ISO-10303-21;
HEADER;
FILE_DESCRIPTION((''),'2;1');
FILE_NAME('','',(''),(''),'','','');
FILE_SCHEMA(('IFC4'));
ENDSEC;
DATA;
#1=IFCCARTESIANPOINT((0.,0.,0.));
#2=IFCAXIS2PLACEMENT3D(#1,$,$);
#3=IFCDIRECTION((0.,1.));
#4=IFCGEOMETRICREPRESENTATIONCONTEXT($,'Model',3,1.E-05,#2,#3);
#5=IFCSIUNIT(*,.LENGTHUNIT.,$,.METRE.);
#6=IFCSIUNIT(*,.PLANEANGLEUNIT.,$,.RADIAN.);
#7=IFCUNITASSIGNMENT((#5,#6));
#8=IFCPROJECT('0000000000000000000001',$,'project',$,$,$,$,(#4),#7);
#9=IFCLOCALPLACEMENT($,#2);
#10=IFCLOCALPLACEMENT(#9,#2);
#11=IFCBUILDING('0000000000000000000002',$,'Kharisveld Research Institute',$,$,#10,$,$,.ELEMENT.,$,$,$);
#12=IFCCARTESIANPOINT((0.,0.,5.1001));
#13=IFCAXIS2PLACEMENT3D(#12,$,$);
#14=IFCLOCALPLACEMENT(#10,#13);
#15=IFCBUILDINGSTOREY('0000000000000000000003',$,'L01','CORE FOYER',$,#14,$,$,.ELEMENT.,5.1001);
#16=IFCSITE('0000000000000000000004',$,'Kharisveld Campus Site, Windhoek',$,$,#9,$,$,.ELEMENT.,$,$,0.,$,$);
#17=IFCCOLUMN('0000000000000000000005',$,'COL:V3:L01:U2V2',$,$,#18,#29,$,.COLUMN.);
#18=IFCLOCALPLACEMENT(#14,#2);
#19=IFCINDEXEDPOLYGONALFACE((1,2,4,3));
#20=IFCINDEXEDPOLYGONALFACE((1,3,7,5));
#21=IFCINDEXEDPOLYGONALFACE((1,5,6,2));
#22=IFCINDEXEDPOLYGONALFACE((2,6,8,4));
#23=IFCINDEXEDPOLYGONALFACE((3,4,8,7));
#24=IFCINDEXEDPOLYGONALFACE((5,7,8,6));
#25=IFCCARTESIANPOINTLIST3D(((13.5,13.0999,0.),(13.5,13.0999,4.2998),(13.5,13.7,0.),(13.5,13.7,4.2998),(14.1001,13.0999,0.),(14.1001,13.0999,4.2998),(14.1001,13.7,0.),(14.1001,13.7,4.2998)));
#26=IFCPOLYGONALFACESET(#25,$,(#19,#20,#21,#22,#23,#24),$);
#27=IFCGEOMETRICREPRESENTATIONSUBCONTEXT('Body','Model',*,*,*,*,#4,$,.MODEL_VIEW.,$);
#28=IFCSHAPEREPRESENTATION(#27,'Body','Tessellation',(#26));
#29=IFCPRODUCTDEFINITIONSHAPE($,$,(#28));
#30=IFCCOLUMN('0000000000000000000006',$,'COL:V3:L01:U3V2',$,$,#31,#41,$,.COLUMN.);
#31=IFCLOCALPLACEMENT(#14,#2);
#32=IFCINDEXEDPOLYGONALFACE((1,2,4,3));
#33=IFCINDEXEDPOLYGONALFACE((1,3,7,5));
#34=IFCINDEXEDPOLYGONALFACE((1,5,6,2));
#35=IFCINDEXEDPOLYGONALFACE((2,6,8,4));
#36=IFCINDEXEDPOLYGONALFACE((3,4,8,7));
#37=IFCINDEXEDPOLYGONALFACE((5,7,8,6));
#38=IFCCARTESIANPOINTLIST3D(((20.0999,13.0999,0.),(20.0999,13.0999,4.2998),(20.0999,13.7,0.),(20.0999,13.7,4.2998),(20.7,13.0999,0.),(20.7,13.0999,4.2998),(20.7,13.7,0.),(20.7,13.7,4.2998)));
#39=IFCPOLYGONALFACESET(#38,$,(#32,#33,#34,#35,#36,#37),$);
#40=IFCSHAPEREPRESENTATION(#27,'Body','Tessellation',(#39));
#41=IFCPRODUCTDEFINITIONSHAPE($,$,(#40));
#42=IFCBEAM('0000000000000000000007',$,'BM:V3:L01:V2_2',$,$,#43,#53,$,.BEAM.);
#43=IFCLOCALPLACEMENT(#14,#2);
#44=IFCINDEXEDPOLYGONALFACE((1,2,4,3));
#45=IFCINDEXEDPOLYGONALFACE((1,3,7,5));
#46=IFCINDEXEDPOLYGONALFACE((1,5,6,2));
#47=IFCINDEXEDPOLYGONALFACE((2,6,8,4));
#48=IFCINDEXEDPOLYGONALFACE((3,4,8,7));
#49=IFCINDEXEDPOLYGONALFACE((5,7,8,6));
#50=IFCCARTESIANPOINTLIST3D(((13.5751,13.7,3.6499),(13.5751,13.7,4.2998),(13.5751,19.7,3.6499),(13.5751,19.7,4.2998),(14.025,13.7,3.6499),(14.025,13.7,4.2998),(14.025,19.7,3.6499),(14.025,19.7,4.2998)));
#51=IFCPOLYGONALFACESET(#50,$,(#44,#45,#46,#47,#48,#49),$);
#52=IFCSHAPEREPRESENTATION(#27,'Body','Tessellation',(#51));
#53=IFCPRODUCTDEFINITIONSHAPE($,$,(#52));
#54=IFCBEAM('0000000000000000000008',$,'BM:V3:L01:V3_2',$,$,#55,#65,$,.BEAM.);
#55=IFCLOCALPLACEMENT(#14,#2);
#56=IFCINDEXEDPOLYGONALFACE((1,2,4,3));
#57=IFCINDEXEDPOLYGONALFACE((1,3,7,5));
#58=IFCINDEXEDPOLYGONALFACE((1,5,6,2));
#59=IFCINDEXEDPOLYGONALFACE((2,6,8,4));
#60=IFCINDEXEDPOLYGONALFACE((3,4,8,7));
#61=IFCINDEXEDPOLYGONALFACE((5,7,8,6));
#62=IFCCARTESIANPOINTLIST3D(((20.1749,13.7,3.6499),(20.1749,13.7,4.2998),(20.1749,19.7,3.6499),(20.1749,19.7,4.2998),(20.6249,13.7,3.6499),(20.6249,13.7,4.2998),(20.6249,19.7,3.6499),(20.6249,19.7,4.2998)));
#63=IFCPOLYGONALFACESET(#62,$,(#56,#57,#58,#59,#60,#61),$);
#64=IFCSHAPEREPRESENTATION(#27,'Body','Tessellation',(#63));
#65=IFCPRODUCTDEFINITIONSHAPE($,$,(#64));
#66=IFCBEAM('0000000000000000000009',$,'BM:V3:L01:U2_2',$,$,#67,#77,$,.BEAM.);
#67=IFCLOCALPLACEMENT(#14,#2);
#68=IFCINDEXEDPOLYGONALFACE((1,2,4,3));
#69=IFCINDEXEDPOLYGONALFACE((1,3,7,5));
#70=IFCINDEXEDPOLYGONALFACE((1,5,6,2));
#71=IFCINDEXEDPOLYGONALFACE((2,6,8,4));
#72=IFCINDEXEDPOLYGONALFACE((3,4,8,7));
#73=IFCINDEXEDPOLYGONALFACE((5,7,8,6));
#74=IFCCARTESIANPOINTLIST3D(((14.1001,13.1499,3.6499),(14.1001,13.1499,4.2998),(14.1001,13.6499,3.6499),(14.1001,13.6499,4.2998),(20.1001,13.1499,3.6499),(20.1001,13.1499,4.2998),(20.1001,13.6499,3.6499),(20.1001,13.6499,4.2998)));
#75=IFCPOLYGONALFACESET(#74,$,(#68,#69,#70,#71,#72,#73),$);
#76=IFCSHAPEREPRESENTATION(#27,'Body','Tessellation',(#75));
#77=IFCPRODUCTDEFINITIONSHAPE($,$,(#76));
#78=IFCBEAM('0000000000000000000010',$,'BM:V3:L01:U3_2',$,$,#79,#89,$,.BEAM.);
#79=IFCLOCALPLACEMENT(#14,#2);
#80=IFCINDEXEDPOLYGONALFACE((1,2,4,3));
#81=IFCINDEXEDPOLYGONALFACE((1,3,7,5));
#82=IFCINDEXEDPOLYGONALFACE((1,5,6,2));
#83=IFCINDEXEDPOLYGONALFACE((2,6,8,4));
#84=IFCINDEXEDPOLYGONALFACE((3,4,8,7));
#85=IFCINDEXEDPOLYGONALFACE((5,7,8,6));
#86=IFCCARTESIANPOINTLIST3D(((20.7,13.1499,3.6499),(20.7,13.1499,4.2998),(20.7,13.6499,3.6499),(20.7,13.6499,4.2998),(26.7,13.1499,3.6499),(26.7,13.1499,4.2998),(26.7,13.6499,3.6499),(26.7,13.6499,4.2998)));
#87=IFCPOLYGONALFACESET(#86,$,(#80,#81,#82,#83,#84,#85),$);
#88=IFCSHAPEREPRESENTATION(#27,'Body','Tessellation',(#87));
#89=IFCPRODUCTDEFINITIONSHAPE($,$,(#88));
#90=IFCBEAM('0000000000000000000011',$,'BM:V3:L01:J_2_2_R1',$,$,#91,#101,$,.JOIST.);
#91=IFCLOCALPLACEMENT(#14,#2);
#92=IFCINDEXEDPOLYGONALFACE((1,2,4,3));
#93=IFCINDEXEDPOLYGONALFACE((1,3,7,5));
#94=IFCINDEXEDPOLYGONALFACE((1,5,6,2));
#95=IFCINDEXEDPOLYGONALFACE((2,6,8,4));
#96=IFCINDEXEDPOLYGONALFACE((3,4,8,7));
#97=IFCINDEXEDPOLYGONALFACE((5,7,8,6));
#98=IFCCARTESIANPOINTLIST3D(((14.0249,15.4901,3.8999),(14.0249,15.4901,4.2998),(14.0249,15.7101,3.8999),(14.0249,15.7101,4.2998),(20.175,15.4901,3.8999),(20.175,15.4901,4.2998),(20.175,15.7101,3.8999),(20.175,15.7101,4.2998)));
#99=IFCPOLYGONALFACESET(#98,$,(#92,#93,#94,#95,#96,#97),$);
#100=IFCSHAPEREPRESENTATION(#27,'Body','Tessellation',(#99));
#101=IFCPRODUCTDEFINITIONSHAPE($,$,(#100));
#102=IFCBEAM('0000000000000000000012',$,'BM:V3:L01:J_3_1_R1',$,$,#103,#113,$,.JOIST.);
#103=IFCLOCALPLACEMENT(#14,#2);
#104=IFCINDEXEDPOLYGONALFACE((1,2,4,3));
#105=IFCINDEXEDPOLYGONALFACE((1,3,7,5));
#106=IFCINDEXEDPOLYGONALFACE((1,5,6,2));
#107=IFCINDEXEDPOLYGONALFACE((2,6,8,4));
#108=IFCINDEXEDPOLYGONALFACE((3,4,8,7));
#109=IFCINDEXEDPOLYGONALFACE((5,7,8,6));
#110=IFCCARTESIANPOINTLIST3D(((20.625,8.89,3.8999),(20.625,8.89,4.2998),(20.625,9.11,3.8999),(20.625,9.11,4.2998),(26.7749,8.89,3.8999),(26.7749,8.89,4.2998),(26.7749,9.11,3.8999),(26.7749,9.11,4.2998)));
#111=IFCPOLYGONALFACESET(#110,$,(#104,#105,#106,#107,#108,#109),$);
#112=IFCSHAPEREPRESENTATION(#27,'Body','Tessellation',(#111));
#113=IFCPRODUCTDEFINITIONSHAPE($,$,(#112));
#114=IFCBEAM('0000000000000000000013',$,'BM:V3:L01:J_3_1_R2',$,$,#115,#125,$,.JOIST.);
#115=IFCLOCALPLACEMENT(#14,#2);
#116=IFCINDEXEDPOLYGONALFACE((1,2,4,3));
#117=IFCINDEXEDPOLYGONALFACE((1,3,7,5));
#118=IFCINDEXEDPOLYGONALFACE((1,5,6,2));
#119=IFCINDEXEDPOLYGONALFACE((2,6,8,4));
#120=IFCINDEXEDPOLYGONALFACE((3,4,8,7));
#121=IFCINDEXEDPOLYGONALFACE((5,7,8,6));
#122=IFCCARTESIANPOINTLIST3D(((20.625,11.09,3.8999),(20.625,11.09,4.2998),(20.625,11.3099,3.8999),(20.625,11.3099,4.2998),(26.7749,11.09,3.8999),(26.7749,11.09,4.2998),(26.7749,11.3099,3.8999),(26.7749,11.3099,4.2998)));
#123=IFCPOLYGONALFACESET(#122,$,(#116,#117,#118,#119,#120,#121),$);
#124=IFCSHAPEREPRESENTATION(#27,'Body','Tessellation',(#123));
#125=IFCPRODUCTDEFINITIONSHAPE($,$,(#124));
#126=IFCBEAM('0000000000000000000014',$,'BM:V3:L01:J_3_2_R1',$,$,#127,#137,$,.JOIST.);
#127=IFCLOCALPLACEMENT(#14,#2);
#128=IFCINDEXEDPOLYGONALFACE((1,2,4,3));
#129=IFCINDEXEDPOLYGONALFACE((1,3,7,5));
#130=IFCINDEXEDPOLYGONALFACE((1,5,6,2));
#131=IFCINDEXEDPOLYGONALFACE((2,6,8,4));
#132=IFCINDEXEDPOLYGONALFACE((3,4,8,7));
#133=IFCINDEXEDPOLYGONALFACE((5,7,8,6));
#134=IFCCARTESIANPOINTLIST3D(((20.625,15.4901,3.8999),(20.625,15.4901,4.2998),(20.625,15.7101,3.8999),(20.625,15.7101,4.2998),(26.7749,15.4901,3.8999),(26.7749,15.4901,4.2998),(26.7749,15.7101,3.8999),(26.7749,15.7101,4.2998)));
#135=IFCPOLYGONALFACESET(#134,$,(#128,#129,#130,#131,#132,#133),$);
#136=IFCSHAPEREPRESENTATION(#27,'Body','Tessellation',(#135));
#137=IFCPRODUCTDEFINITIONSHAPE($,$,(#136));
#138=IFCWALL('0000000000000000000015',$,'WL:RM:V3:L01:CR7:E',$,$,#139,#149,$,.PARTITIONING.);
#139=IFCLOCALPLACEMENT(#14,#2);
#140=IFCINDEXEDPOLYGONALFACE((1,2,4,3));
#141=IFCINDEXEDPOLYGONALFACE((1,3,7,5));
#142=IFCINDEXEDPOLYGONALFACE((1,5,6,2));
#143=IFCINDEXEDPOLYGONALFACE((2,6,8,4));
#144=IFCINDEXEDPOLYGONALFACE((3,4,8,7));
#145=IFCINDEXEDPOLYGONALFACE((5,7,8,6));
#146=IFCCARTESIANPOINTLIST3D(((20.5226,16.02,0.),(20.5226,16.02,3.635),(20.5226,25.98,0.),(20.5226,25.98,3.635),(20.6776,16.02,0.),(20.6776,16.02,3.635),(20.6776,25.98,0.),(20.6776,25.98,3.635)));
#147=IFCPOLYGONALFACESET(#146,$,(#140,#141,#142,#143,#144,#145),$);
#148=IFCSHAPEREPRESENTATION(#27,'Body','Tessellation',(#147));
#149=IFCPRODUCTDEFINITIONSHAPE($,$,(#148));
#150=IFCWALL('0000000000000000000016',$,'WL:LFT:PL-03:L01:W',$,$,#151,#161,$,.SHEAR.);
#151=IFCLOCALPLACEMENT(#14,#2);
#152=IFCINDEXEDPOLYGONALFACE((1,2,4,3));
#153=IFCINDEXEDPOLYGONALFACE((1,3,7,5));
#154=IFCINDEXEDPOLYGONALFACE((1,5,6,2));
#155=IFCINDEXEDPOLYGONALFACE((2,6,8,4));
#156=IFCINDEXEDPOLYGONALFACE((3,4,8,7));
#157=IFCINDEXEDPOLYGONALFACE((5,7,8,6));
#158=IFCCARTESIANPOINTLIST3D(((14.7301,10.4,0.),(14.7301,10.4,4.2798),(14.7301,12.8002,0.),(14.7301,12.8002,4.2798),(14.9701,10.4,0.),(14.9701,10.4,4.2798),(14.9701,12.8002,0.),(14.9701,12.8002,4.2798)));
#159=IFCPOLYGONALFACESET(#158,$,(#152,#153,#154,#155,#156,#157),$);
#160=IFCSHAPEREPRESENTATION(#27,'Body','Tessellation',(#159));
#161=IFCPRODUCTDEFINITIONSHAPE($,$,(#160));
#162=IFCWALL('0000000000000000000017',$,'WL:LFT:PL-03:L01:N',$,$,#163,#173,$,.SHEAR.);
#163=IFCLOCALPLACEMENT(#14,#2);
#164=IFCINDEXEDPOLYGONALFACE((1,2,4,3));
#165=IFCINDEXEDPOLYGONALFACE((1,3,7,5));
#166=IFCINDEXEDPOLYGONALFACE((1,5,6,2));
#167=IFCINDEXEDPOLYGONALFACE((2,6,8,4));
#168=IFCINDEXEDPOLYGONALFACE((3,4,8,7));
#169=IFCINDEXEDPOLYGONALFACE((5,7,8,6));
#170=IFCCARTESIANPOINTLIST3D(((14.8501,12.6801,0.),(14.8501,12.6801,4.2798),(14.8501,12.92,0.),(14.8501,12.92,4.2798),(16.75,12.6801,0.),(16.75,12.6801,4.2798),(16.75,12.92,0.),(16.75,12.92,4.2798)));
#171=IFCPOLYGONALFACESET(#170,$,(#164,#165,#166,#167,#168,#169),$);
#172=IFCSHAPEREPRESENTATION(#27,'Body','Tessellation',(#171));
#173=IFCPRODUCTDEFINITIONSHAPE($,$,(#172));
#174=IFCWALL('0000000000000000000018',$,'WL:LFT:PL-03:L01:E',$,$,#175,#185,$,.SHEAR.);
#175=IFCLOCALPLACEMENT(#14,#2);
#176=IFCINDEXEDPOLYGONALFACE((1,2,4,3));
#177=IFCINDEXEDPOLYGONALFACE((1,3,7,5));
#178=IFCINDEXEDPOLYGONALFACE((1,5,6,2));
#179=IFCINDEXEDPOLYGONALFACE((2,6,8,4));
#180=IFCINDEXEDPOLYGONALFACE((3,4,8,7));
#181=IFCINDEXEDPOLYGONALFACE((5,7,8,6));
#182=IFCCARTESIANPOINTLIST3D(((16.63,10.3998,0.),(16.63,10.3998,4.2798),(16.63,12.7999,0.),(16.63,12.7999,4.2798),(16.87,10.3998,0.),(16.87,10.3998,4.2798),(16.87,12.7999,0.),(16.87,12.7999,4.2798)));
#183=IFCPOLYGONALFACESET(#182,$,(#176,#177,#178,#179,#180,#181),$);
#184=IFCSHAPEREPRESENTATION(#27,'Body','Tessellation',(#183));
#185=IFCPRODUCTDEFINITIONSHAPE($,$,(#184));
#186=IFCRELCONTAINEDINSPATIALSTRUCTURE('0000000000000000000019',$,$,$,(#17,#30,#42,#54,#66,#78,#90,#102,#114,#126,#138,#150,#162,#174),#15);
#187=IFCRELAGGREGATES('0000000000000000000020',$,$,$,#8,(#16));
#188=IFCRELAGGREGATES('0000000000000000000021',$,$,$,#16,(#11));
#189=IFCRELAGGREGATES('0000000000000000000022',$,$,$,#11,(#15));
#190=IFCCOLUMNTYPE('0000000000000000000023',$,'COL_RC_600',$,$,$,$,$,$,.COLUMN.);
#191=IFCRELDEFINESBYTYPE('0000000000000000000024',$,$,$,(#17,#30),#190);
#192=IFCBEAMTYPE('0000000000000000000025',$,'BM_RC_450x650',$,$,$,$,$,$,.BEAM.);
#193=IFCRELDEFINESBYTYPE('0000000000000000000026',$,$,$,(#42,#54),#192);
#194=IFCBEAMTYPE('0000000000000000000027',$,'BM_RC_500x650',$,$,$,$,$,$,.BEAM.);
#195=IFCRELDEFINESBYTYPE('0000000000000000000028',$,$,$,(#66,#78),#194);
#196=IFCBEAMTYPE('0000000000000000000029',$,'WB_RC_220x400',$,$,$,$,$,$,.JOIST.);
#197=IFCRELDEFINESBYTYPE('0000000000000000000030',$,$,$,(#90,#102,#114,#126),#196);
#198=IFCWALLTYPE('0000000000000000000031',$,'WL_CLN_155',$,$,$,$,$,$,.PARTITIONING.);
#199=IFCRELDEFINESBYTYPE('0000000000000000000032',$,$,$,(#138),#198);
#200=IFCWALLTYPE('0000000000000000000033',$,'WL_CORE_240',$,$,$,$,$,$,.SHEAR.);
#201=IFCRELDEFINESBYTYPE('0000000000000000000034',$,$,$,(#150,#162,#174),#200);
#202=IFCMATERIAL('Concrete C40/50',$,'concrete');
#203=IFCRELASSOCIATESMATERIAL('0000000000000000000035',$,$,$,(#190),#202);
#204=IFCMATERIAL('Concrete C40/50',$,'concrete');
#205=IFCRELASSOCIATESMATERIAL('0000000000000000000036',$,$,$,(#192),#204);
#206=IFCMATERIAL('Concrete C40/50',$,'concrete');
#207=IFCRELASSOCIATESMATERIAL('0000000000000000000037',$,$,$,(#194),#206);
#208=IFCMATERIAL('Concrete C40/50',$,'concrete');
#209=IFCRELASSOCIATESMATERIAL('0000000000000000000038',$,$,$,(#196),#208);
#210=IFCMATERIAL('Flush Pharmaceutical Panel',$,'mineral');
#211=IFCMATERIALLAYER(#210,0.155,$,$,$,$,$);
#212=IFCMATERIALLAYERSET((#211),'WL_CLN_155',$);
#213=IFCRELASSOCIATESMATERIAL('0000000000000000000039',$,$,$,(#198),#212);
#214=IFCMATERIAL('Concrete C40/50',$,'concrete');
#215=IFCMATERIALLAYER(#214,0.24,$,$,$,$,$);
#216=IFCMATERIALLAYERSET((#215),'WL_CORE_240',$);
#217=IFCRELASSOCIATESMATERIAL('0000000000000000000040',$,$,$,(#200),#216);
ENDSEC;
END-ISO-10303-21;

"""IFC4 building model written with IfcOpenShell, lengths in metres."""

from ifc_helpers import new_model, si_unit, direction, frame, frame_2d, origin, origin_2d, place, context, subcontext, project, spatial, rectangle, extrude, material, layer, layer_set, material_profile, profile_set, type_object, element, save


model = new_model("IFC4")

# Units and contexts
model_context = context("Model", 3, precision=1e-05, world=origin(), true_north=direction((0.0, 1.0)))
body_context = subcontext(model_context, "Body", "Model", "MODEL_VIEW")
ifc_project = project(units=[si_unit("LENGTHUNIT", "METRE"), si_unit("PLANEANGLEUNIT", "RADIAN")], contexts=[model_context])

# Site, building, storey
site_placement = place(None, origin())
site = spatial("IfcSite", under=ifc_project, at=site_placement, Name="Kharisveld Campus Site, Windhoek", CompositionType="ELEMENT", RefElevation=0.0)
building_placement = place(site_placement, origin())
building = spatial("IfcBuilding", under=site, at=building_placement, Name="Kharisveld Research Institute", CompositionType="ELEMENT")
storey_placement = place(building_placement, frame((0.0, 0.0, 5.1001)))
storey = spatial("IfcBuildingStorey", under=building, at=storey_placement, Name="L01", Description="CORE FOYER", CompositionType="ELEMENT", Elevation=5.1001)

# Columns
ifc_material_1 = material(Name="Concrete C40/50", Category="concrete")
ifc_material_profile_1 = material_profile(ifc_material_1, rectangle(XDim=0.6001, YDim=0.6001, at=origin_2d()))
ifc_profile_set_1 = profile_set([ifc_material_profile_1], Name="Concrete C40/50")
column_type = type_object("IfcColumnType", Name="COL_RC_600", PredefinedType="COLUMN", material=ifc_profile_set_1)
for number, where, z_axis, x_axis, name in (
    (1, (13.8, 13.3999, 0.0), (0.0, 0.0, 1.0), (1.0, 0.0, 0.0), "COL:V3:L01:U2V2"),
    (2, (20.3999, 13.3999, 0.0), (0.0, 0.0, 1.0), (1.0, 0.0, 0.0), "COL:V3:L01:U3V2"),
):
    element("IfcColumn", number, at=place(storey_placement, frame(where, z_axis=z_axis, x_axis=x_axis)), inside=storey, type_object=column_type, Name=name, PredefinedType="COLUMN", context=body_context, shape_type="SweptSolid", body=[
        extrude(rectangle(XDim=0.6001, YDim=0.6001, at=origin_2d()), origin(), (0.0, 0.0, 1.0), 4.2998),
    ])

# Beams
ifc_material_2 = material(Name="Concrete C40/50", Category="concrete")
ifc_material_profile_2 = material_profile(ifc_material_2, rectangle(XDim=0.45, YDim=0.6499, at=origin_2d()))
ifc_profile_set_2 = profile_set([ifc_material_profile_2], Name="Concrete C40/50")
beam_type_1 = type_object("IfcBeamType", Name="BM_RC_450x650", PredefinedType="BEAM", material=ifc_profile_set_2)
for number, where, z_axis, x_axis, name in (
    (3, (13.8, 13.7, 3.9749), (0.0, 1.0, 0.0), (-1.0, 0.0, 0.0), "BM:V3:L01:V2_2"),
    (4, (20.3999, 13.7, 3.9749), (0.0, 1.0, 0.0), (-1.0, 0.0, 0.0), "BM:V3:L01:V3_2"),
):
    element("IfcBeam", number, at=place(storey_placement, frame(where, z_axis=z_axis, x_axis=x_axis)), inside=storey, type_object=beam_type_1, Name=name, PredefinedType="BEAM", context=body_context, shape_type="SweptSolid", body=[
        extrude(rectangle(XDim=0.45, YDim=0.6499, at=origin_2d()), origin(), (0.0, 0.0, 1.0), 6.0),
    ])
ifc_material_3 = material(Name="Concrete C40/50", Category="concrete")
ifc_material_profile_3 = material_profile(ifc_material_3, rectangle(XDim=0.5, YDim=0.6499, at=origin_2d()))
ifc_profile_set_3 = profile_set([ifc_material_profile_3], Name="Concrete C40/50")
beam_type_2 = type_object("IfcBeamType", Name="BM_RC_500x650", PredefinedType="BEAM", material=ifc_profile_set_3)
for number, where, z_axis, x_axis, name in (
    (5, (14.1001, 13.3999, 3.9749), (1.0, 0.0, 0.0), (0.0, 1.0, 0.0), "BM:V3:L01:U2_2"),
    (6, (20.7, 13.3999, 3.9749), (1.0, 0.0, 0.0), (0.0, 1.0, 0.0), "BM:V3:L01:U3_2"),
):
    element("IfcBeam", number, at=place(storey_placement, frame(where, z_axis=z_axis, x_axis=x_axis)), inside=storey, type_object=beam_type_2, Name=name, PredefinedType="BEAM", context=body_context, shape_type="SweptSolid", body=[
        extrude(rectangle(XDim=0.5, YDim=0.6499, at=origin_2d()), origin(), (0.0, 0.0, 1.0), 6.0),
    ])
ifc_material_4 = material(Name="Concrete C40/50", Category="concrete")
ifc_material_profile_4 = material_profile(ifc_material_4, rectangle(XDim=0.22, YDim=0.3999, at=origin_2d()))
ifc_profile_set_4 = profile_set([ifc_material_profile_4], Name="Concrete C40/50")
beam_type_3 = type_object("IfcBeamType", Name="WB_RC_220x400", PredefinedType="JOIST", material=ifc_profile_set_4)
beam_placement = place(storey_placement, frame((14.0249, 15.6001, 4.0999), z_axis=(1.0, 0.0, 0.0), x_axis=(0.0, 1.0, 0.0)))
element("IfcBeam", 7, at=beam_placement, inside=storey, type_object=beam_type_3, Name="BM:V3:L01:J_2_2_R1", PredefinedType="JOIST", context=body_context, shape_type="SweptSolid", body=[
    extrude(rectangle(XDim=0.22, YDim=0.3999, at=origin_2d()), origin(), (0.0, 0.0, 1.0), 6.1501),
])
for number, where, z_axis, x_axis, name in (
    (8, (20.625, 9.0, 4.0999), (1.0, 0.0, 0.0), (0.0, 1.0, 0.0), "BM:V3:L01:J_3_1_R1"),
    (9, (20.625, 11.2, 4.0999), (1.0, 0.0, 0.0), (0.0, 1.0, 0.0), "BM:V3:L01:J_3_1_R2"),
    (10, (20.625, 15.6001, 4.0999), (1.0, 0.0, 0.0), (0.0, 1.0, 0.0), "BM:V3:L01:J_3_2_R1"),
):
    element("IfcBeam", number, at=place(storey_placement, frame(where, z_axis=z_axis, x_axis=x_axis)), inside=storey, type_object=beam_type_3, Name=name, PredefinedType="JOIST", context=body_context, shape_type="SweptSolid", body=[
        extrude(rectangle(XDim=0.22, YDim=0.3999, at=origin_2d()), origin(), (0.0, 0.0, 1.0), 6.1499),
    ])

# Walls
ifc_material_5 = material(Name="Flush Pharmaceutical Panel", Category="mineral")
ifc_layer_1 = layer(ifc_material_5, 0.155)
ifc_layer_set_1 = layer_set([ifc_layer_1], Name="WL_CLN_155")
wall_type_1 = type_object("IfcWallType", Name="WL_CLN_155", PredefinedType="PARTITIONING", material=ifc_layer_set_1)
wall_1_placement = place(storey_placement, frame((20.6001, 16.02, 0.0), z_axis=(0.0, 0.0, 1.0), x_axis=(0.0, 1.0, 0.0)))
element("IfcWall", 11, at=wall_1_placement, inside=storey, type_object=wall_type_1, Name="WL:RM:V3:L01:CR7:E", PredefinedType="PARTITIONING", context=body_context, shape_type="SweptSolid", body=[
    extrude(rectangle(XDim=9.96, YDim=0.155, at=frame_2d((4.98, 0.0))), origin(), (0.0, 0.0, 1.0), 3.635),
])
ifc_material_6 = material(Name="Concrete C40/50", Category="concrete")
ifc_layer_2 = layer(ifc_material_6, 0.24)
ifc_layer_set_2 = layer_set([ifc_layer_2], Name="WL_CORE_240")
wall_type_2 = type_object("IfcWallType", Name="WL_CORE_240", PredefinedType="SHEAR", material=ifc_layer_set_2)
wall_2_placement = place(storey_placement, frame((14.8501, 10.3999, 0.0), z_axis=(0.0, 0.0, 1.0), x_axis=(0.0, 1.0, 0.0)))
element("IfcWall", 12, at=wall_2_placement, inside=storey, type_object=wall_type_2, Name="WL:LFT:PL-03:L01:W", PredefinedType="SHEAR", context=body_context, shape_type="SweptSolid", body=[
    extrude(rectangle(XDim=2.4001, YDim=0.24, at=frame_2d((1.2002, 0.0))), origin(), (0.0, 0.0, 1.0), 4.2798),
])
wall_3_placement = place(storey_placement, frame((14.8501, 12.8, 0.0), z_axis=(0.0, 0.0, 1.0), x_axis=(1.0, 0.0, 0.0)))
element("IfcWall", 13, at=wall_3_placement, inside=storey, type_object=wall_type_2, Name="WL:LFT:PL-03:L01:N", PredefinedType="SHEAR", context=body_context, shape_type="SweptSolid", body=[
    extrude(rectangle(XDim=1.8999, YDim=0.24, at=frame_2d((0.95, 0.0))), origin(), (0.0, 0.0, 1.0), 4.2798),
])
wall_4_placement = place(storey_placement, frame((16.75, 12.8, 0.0), z_axis=(0.0, 0.0, 1.0), x_axis=(0.0, -1.0, 0.0)))
element("IfcWall", 14, at=wall_4_placement, inside=storey, type_object=wall_type_2, Name="WL:LFT:PL-03:L01:E", PredefinedType="SHEAR", context=body_context, shape_type="SweptSolid", body=[
    extrude(rectangle(XDim=2.4001, YDim=0.24, at=frame_2d((1.2002, 0.0))), origin(), (0.0, 0.0, 1.0), 4.2798),
])

save(model, "model.ifc")
